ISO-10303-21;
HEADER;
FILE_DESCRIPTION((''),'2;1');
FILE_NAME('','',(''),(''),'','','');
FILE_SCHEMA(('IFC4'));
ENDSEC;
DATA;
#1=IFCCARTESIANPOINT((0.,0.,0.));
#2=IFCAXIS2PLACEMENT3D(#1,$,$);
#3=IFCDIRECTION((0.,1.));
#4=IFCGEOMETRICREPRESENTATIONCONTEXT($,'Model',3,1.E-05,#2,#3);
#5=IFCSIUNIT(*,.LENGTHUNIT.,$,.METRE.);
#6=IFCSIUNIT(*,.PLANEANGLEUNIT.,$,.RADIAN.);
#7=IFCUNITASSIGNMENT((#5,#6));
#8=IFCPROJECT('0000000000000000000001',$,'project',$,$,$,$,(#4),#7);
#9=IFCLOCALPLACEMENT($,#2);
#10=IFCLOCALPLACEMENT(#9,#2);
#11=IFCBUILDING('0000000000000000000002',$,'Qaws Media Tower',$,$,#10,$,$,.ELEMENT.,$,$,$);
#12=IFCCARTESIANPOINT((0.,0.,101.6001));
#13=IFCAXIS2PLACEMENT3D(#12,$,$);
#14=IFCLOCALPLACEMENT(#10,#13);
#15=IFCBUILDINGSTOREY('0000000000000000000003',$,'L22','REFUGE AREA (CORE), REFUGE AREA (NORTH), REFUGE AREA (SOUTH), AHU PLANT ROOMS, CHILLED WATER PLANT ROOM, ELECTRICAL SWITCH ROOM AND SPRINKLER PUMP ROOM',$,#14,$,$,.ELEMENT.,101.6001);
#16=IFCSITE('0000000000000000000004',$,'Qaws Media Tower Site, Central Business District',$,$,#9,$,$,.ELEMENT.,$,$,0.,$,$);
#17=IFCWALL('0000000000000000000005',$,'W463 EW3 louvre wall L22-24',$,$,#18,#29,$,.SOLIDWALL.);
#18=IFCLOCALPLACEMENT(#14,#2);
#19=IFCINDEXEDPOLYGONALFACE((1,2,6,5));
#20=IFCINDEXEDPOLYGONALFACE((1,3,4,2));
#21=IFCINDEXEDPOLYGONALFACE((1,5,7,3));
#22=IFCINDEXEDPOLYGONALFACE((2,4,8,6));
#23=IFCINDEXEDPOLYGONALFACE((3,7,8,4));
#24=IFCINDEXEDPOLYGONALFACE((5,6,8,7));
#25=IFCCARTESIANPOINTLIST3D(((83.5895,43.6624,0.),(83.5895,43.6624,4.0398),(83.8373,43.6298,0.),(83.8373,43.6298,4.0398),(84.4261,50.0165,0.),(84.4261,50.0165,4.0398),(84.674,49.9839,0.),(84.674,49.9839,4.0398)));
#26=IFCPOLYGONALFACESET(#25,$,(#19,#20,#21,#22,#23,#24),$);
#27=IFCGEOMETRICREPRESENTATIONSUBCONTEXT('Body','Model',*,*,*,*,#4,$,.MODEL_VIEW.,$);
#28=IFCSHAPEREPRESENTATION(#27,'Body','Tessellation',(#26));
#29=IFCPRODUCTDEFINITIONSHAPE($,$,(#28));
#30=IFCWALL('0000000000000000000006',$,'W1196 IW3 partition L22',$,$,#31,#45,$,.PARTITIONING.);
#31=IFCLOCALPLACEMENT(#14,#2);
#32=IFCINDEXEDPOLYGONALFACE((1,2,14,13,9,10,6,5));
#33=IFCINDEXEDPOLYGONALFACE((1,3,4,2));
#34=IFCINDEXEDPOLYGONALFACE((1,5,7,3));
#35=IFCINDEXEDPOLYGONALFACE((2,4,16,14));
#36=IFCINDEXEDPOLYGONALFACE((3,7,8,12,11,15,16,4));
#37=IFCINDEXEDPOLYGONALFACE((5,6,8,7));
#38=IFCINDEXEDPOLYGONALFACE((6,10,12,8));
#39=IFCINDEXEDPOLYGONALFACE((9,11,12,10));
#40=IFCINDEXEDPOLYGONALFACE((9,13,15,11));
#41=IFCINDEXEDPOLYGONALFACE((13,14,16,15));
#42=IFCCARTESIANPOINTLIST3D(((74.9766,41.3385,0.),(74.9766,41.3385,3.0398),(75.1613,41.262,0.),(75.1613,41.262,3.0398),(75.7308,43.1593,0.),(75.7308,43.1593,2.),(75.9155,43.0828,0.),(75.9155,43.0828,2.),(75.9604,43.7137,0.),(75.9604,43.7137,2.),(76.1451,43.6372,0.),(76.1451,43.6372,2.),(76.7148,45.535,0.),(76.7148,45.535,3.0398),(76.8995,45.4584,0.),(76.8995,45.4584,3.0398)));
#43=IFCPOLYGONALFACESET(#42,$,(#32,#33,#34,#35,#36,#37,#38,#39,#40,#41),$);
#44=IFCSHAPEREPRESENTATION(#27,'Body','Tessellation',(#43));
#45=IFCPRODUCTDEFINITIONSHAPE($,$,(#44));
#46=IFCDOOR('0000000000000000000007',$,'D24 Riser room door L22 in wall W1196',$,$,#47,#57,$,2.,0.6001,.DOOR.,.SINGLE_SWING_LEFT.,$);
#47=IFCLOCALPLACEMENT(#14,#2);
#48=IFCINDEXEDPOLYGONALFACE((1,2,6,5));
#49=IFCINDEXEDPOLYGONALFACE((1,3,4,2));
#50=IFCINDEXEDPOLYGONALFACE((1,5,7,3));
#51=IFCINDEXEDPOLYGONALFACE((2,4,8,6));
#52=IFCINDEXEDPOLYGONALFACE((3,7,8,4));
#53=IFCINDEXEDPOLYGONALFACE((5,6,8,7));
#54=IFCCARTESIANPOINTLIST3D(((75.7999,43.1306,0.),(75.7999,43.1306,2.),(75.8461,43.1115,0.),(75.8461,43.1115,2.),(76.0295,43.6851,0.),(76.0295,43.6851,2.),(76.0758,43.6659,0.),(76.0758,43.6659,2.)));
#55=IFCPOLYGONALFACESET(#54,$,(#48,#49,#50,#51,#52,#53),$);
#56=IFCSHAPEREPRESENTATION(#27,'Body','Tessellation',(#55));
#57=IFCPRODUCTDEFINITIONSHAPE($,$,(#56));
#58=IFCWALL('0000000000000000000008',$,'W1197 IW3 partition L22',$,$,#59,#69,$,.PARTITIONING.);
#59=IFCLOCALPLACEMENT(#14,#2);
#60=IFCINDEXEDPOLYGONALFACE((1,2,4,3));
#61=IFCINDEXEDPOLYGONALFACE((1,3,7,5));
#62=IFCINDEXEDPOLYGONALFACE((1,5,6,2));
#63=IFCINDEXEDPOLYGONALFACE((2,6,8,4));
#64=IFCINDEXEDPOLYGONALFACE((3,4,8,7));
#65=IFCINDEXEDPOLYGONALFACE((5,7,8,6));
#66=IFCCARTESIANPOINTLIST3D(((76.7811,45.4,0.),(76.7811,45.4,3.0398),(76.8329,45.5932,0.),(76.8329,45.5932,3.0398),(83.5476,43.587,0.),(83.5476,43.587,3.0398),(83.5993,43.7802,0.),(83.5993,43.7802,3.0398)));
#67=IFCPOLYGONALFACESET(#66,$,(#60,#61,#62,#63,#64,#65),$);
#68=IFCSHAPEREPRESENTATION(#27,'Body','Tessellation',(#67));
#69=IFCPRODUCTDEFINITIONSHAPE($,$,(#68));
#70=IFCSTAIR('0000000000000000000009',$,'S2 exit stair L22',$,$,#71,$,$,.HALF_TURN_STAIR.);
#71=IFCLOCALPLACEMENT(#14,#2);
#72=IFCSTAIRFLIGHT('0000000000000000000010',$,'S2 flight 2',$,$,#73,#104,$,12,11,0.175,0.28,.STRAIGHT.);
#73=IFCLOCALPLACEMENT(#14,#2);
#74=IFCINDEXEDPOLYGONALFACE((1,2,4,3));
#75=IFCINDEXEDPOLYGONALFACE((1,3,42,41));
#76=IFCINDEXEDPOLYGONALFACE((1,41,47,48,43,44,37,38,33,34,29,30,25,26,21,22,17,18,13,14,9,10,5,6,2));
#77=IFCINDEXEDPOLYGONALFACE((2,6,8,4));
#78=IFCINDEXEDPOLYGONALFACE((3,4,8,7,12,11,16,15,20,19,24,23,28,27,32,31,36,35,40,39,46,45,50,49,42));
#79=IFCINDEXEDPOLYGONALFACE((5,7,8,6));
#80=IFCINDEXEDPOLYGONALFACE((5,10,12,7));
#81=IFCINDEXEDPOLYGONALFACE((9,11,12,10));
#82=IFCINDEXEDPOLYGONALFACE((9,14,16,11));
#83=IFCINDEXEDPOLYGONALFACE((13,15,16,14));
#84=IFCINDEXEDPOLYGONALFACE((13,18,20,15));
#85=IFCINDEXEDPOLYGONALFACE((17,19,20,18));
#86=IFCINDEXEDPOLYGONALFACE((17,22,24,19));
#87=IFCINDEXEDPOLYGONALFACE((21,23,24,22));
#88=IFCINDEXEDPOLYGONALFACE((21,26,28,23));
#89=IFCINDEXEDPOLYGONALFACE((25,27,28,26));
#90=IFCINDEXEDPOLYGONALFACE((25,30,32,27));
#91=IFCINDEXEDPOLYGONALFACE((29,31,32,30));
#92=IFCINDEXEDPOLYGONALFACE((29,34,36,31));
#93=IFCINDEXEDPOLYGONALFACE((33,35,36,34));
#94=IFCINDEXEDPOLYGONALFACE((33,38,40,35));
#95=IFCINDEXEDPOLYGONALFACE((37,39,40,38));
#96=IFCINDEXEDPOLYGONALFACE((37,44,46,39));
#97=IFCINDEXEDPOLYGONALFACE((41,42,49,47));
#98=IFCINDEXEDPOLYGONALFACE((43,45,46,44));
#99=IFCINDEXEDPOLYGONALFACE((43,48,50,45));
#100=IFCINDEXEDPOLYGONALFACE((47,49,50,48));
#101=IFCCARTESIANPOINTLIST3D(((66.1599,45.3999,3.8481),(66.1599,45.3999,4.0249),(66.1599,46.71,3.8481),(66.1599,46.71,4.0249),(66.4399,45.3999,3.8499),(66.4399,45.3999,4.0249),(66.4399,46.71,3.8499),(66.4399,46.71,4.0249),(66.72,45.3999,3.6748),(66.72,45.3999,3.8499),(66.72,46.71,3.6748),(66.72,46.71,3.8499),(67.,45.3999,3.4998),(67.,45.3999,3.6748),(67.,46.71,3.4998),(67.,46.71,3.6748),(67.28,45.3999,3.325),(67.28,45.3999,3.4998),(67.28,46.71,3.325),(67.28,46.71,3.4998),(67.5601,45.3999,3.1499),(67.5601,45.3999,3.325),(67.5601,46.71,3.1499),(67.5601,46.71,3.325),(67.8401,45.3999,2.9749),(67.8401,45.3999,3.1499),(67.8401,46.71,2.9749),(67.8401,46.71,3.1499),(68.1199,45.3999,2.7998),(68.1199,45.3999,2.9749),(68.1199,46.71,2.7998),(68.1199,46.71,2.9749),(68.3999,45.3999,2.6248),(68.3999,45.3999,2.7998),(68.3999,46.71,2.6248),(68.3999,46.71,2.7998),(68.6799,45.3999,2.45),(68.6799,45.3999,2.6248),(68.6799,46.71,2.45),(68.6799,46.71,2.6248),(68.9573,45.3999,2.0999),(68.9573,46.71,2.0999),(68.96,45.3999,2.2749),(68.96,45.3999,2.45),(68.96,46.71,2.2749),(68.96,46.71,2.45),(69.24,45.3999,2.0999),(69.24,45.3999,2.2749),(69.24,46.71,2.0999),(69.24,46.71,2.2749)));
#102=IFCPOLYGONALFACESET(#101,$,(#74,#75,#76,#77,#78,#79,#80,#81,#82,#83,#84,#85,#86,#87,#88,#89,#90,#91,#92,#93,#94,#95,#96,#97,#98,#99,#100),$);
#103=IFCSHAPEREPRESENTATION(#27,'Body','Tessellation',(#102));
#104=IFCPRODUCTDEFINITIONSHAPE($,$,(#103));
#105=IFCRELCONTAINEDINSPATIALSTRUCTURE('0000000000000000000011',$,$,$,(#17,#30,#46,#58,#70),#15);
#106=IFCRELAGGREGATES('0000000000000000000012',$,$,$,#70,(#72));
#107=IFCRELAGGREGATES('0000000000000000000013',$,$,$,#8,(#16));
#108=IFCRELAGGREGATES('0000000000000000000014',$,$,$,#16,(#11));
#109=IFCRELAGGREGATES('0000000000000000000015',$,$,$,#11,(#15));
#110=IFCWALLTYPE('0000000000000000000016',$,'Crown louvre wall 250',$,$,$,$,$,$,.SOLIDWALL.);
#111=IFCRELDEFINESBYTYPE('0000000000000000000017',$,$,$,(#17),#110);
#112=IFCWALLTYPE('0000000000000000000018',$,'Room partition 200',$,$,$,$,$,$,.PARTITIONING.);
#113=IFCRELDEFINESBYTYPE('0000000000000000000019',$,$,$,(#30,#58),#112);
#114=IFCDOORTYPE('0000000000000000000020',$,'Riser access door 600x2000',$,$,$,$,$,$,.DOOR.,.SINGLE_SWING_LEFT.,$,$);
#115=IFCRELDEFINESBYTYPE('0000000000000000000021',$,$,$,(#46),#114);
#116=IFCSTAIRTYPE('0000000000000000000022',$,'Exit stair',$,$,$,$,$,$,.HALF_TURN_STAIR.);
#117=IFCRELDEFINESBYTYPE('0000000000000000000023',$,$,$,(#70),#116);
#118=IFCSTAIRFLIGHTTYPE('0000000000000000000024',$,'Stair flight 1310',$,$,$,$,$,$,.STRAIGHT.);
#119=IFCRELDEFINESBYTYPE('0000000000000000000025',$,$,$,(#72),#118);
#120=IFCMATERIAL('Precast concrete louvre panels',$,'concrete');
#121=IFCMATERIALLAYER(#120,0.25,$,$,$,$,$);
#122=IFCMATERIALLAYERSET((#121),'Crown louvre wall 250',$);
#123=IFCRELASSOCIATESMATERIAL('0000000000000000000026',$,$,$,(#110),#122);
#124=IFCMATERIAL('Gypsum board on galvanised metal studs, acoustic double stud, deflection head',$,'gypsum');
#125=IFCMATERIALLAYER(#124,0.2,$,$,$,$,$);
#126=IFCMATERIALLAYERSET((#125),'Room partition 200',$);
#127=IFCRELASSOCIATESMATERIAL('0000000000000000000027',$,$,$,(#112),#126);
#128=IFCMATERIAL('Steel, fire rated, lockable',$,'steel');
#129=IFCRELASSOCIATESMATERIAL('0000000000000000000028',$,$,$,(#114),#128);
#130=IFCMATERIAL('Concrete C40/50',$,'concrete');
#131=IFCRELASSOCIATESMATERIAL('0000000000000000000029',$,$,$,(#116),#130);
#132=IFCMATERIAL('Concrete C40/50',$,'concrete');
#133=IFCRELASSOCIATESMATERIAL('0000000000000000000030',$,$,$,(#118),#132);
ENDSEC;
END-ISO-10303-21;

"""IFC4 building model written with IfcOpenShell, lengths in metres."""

from ifc_helpers import new_model, si_unit, direction, frame, frame_2d, origin, place, context, subcontext, project, spatial, polyline, rectangle, outline, extrude, material, layer, layer_set, type_object, element, fill, aggregate, save


model = new_model("IFC4")

# Units and contexts
model_context = context("Model", 3, precision=1e-05, world=origin(), true_north=direction((0.0, 1.0)))
body_context = subcontext(model_context, "Body", "Model", "MODEL_VIEW")
ifc_project = project(units=[si_unit("LENGTHUNIT", "METRE"), si_unit("PLANEANGLEUNIT", "RADIAN")], contexts=[model_context])

# Site, building, storey
site_placement = place(None, origin())
site = spatial("IfcSite", under=ifc_project, at=site_placement, Name="Qaws Media Tower Site, Central Business District", CompositionType="ELEMENT", RefElevation=0.0)
building_placement = place(site_placement, origin())
building = spatial("IfcBuilding", under=site, at=building_placement, Name="Qaws Media Tower", CompositionType="ELEMENT")
storey_placement = place(building_placement, frame((0.0, 0.0, 101.6001)))
storey = spatial("IfcBuildingStorey", under=building, at=storey_placement, Name="L22", Description="REFUGE AREA (CORE), REFUGE AREA (NORTH), REFUGE AREA (SOUTH), AHU PLANT ROOMS, CHILLED WATER PLANT ROOM, ELECTRICAL SWITCH ROOM AND SPRINKLER PUMP ROOM", CompositionType="ELEMENT", Elevation=101.6001)

# Wall
ifc_material_1 = material(Name="Precast concrete louvre panels", Category="concrete")
ifc_layer_1 = layer(ifc_material_1, 0.25)
ifc_layer_set_1 = layer_set([ifc_layer_1], Name="Crown louvre wall 250")
wall_type_1 = type_object("IfcWallType", Name="Crown louvre wall 250", PredefinedType="SOLIDWALL", material=ifc_layer_set_1)
wall_1_placement = place(storey_placement, frame((83.7134, 43.646, 0.0), z_axis=(0.0, 0.0, 1.0), x_axis=(0.130549, 0.991442, 0.0)))
element("IfcWall", 1, at=wall_1_placement, inside=storey, type_object=wall_type_1, Name="W463 EW3 louvre wall L22-24", PredefinedType="SOLIDWALL", context=body_context, shape_type="SweptSolid", body=[
    extrude(rectangle(XDim=6.4089, YDim=0.25, at=frame_2d((3.2046, 0.0))), origin(), (0.0, 0.0, 1.0), 4.0398),
])

# Wall, opening, door
ifc_material_2 = material(Name="Gypsum board on galvanised metal studs, acoustic double stud, deflection head", Category="gypsum")
ifc_layer_2 = layer(ifc_material_2, 0.2)
ifc_layer_set_2 = layer_set([ifc_layer_2], Name="Room partition 200")
wall_type_2 = type_object("IfcWallType", Name="Room partition 200", PredefinedType="PARTITIONING", material=ifc_layer_set_2)
wall_2_placement = place(storey_placement, frame((76.8071, 45.4966, 0.0), z_axis=(0.0, 0.0, 1.0), x_axis=(-0.382687, -0.923878, 0.0)))
wall_2 = element("IfcWall", 2, at=wall_2_placement, inside=storey, type_object=wall_type_2, Name="W1196 IW3 partition L22", PredefinedType="PARTITIONING", context=body_context, shape_type="SweptSolid", body=[
    extrude(rectangle(XDim=4.5422, YDim=0.2, at=frame_2d((2.271, 0.0))), origin(), (0.0, 0.0, 1.0), 3.0398),
])
opening_1_placement = place(wall_2_placement, frame((1.9712, 0.0, 0.0)))
opening_1 = element("IfcOpeningElement", 3, at=opening_1_placement, cuts=wall_2, PredefinedType="OPENING", context=body_context, shape_type="SweptSolid", body=[
    extrude(rectangle(XDim=0.6001, YDim=2.0, at=frame_2d((0.3, 1.0))), frame((0.0, 0.1099, 0.0), z_axis=(0.0, -1.0, 0.0), x_axis=(1.0, 0.0, 0.0)), (0.0, 0.0, 1.0), 0.22),
])
ifc_material_3 = material(Name="Steel, fire rated, lockable", Category="steel")
door_type_1 = type_object("IfcDoorType", Name="Riser access door 600x2000", OperationType="SINGLE_SWING_LEFT", PredefinedType="DOOR", material=ifc_material_3)
door_1_placement = place(opening_1_placement, origin())
door_1 = element("IfcDoor", 4, at=door_1_placement, inside=storey, type_object=door_type_1, Name="D24 Riser room door L22 in wall W1196", OperationType="SINGLE_SWING_LEFT", OverallHeight=2.0, OverallWidth=0.6001, PredefinedType="DOOR", context=body_context, shape_type="SweptSolid", body=[
    extrude(rectangle(XDim=0.6001, YDim=2.0, at=frame_2d((0.3, 1.0))), frame((0.0, 0.0249, 0.0), z_axis=(0.0, -1.0, 0.0), x_axis=(1.0, 0.0, 0.0)), (0.0, 0.0, 1.0), 0.05),
])
fill(opening_1, door_1)

# Wall
wall_3_placement = place(storey_placement, frame((76.8071, 45.4966, 0.0), z_axis=(0.0, 0.0, 1.0), x_axis=(0.965928, -0.258812, 0.0)))
element("IfcWall", 5, at=wall_3_placement, inside=storey, type_object=wall_type_2, Name="W1197 IW3 partition L22", PredefinedType="PARTITIONING", context=body_context, shape_type="SweptSolid", body=[
    extrude(rectangle(XDim=7.0051, YDim=0.2, at=frame_2d((3.5024, 0.0))), origin(), (0.0, 0.0, 1.0), 3.0398),
])

# Stair, stair flight
ifc_material_4 = material(Name="Concrete C40/50", Category="concrete")
stair_type = type_object("IfcStairType", Name="Exit stair", PredefinedType="HALF_TURN_STAIR", material=ifc_material_4)
stair_placement = place(storey_placement, origin())
stair = element("IfcStair", 6, at=stair_placement, inside=storey, type_object=stair_type, Name="S2 exit stair L22", PredefinedType="HALF_TURN_STAIR")
ifc_material_5 = material(Name="Concrete C40/50", Category="concrete")
stair_flight_type = type_object("IfcStairFlightType", Name="Stair flight 1310", PredefinedType="STRAIGHT", material=ifc_material_5)
stair_flight_placement = place(storey_placement, frame((69.24, 46.0549, 2.0999), z_axis=(0.0, 0.0, 1.0), x_axis=(-1.0, 0.0, 0.0)))
stair_flight = element("IfcStairFlight", 7, at=stair_flight_placement, type_object=stair_flight_type, Name="S2 flight 2", NumberOfRisers=12, NumberOfTreads=11, PredefinedType="STRAIGHT", RiserHeight=0.175, TreadLength=0.28, context=body_context, shape_type="SweptSolid", body=[
    extrude(outline(polyline([(0.0, 0.0), (0.0, 0.175), (0.28, 0.175), (0.28, 0.3501), (0.5601, 0.3501), (0.5601, 0.5249), (0.8401, 0.5249), (0.8401, 0.7), (1.1201, 0.7), (1.1201, 0.875), (1.3999, 0.875), (1.3999, 1.05), (1.6799, 1.05), (1.6799, 1.2251), (1.96, 1.2251), (1.96, 1.3999), (2.24, 1.3999), (2.24, 1.575), (2.52, 1.575), (2.52, 1.75), (2.8, 1.75), (2.8, 1.925), (3.0801, 1.925), (3.0801, 2.1001), (3.0801, 1.7483), (0.2827, 0.0), (0.0, 0.0)])), frame((0.0, 0.655, 0.0), z_axis=(0.0, -1.0, 0.0), x_axis=(1.0, 0.0, 0.0)), (0.0, 0.0, 1.0), 1.3101),
])
aggregate(stair, [stair_flight])

save(model, "model.ifc")
